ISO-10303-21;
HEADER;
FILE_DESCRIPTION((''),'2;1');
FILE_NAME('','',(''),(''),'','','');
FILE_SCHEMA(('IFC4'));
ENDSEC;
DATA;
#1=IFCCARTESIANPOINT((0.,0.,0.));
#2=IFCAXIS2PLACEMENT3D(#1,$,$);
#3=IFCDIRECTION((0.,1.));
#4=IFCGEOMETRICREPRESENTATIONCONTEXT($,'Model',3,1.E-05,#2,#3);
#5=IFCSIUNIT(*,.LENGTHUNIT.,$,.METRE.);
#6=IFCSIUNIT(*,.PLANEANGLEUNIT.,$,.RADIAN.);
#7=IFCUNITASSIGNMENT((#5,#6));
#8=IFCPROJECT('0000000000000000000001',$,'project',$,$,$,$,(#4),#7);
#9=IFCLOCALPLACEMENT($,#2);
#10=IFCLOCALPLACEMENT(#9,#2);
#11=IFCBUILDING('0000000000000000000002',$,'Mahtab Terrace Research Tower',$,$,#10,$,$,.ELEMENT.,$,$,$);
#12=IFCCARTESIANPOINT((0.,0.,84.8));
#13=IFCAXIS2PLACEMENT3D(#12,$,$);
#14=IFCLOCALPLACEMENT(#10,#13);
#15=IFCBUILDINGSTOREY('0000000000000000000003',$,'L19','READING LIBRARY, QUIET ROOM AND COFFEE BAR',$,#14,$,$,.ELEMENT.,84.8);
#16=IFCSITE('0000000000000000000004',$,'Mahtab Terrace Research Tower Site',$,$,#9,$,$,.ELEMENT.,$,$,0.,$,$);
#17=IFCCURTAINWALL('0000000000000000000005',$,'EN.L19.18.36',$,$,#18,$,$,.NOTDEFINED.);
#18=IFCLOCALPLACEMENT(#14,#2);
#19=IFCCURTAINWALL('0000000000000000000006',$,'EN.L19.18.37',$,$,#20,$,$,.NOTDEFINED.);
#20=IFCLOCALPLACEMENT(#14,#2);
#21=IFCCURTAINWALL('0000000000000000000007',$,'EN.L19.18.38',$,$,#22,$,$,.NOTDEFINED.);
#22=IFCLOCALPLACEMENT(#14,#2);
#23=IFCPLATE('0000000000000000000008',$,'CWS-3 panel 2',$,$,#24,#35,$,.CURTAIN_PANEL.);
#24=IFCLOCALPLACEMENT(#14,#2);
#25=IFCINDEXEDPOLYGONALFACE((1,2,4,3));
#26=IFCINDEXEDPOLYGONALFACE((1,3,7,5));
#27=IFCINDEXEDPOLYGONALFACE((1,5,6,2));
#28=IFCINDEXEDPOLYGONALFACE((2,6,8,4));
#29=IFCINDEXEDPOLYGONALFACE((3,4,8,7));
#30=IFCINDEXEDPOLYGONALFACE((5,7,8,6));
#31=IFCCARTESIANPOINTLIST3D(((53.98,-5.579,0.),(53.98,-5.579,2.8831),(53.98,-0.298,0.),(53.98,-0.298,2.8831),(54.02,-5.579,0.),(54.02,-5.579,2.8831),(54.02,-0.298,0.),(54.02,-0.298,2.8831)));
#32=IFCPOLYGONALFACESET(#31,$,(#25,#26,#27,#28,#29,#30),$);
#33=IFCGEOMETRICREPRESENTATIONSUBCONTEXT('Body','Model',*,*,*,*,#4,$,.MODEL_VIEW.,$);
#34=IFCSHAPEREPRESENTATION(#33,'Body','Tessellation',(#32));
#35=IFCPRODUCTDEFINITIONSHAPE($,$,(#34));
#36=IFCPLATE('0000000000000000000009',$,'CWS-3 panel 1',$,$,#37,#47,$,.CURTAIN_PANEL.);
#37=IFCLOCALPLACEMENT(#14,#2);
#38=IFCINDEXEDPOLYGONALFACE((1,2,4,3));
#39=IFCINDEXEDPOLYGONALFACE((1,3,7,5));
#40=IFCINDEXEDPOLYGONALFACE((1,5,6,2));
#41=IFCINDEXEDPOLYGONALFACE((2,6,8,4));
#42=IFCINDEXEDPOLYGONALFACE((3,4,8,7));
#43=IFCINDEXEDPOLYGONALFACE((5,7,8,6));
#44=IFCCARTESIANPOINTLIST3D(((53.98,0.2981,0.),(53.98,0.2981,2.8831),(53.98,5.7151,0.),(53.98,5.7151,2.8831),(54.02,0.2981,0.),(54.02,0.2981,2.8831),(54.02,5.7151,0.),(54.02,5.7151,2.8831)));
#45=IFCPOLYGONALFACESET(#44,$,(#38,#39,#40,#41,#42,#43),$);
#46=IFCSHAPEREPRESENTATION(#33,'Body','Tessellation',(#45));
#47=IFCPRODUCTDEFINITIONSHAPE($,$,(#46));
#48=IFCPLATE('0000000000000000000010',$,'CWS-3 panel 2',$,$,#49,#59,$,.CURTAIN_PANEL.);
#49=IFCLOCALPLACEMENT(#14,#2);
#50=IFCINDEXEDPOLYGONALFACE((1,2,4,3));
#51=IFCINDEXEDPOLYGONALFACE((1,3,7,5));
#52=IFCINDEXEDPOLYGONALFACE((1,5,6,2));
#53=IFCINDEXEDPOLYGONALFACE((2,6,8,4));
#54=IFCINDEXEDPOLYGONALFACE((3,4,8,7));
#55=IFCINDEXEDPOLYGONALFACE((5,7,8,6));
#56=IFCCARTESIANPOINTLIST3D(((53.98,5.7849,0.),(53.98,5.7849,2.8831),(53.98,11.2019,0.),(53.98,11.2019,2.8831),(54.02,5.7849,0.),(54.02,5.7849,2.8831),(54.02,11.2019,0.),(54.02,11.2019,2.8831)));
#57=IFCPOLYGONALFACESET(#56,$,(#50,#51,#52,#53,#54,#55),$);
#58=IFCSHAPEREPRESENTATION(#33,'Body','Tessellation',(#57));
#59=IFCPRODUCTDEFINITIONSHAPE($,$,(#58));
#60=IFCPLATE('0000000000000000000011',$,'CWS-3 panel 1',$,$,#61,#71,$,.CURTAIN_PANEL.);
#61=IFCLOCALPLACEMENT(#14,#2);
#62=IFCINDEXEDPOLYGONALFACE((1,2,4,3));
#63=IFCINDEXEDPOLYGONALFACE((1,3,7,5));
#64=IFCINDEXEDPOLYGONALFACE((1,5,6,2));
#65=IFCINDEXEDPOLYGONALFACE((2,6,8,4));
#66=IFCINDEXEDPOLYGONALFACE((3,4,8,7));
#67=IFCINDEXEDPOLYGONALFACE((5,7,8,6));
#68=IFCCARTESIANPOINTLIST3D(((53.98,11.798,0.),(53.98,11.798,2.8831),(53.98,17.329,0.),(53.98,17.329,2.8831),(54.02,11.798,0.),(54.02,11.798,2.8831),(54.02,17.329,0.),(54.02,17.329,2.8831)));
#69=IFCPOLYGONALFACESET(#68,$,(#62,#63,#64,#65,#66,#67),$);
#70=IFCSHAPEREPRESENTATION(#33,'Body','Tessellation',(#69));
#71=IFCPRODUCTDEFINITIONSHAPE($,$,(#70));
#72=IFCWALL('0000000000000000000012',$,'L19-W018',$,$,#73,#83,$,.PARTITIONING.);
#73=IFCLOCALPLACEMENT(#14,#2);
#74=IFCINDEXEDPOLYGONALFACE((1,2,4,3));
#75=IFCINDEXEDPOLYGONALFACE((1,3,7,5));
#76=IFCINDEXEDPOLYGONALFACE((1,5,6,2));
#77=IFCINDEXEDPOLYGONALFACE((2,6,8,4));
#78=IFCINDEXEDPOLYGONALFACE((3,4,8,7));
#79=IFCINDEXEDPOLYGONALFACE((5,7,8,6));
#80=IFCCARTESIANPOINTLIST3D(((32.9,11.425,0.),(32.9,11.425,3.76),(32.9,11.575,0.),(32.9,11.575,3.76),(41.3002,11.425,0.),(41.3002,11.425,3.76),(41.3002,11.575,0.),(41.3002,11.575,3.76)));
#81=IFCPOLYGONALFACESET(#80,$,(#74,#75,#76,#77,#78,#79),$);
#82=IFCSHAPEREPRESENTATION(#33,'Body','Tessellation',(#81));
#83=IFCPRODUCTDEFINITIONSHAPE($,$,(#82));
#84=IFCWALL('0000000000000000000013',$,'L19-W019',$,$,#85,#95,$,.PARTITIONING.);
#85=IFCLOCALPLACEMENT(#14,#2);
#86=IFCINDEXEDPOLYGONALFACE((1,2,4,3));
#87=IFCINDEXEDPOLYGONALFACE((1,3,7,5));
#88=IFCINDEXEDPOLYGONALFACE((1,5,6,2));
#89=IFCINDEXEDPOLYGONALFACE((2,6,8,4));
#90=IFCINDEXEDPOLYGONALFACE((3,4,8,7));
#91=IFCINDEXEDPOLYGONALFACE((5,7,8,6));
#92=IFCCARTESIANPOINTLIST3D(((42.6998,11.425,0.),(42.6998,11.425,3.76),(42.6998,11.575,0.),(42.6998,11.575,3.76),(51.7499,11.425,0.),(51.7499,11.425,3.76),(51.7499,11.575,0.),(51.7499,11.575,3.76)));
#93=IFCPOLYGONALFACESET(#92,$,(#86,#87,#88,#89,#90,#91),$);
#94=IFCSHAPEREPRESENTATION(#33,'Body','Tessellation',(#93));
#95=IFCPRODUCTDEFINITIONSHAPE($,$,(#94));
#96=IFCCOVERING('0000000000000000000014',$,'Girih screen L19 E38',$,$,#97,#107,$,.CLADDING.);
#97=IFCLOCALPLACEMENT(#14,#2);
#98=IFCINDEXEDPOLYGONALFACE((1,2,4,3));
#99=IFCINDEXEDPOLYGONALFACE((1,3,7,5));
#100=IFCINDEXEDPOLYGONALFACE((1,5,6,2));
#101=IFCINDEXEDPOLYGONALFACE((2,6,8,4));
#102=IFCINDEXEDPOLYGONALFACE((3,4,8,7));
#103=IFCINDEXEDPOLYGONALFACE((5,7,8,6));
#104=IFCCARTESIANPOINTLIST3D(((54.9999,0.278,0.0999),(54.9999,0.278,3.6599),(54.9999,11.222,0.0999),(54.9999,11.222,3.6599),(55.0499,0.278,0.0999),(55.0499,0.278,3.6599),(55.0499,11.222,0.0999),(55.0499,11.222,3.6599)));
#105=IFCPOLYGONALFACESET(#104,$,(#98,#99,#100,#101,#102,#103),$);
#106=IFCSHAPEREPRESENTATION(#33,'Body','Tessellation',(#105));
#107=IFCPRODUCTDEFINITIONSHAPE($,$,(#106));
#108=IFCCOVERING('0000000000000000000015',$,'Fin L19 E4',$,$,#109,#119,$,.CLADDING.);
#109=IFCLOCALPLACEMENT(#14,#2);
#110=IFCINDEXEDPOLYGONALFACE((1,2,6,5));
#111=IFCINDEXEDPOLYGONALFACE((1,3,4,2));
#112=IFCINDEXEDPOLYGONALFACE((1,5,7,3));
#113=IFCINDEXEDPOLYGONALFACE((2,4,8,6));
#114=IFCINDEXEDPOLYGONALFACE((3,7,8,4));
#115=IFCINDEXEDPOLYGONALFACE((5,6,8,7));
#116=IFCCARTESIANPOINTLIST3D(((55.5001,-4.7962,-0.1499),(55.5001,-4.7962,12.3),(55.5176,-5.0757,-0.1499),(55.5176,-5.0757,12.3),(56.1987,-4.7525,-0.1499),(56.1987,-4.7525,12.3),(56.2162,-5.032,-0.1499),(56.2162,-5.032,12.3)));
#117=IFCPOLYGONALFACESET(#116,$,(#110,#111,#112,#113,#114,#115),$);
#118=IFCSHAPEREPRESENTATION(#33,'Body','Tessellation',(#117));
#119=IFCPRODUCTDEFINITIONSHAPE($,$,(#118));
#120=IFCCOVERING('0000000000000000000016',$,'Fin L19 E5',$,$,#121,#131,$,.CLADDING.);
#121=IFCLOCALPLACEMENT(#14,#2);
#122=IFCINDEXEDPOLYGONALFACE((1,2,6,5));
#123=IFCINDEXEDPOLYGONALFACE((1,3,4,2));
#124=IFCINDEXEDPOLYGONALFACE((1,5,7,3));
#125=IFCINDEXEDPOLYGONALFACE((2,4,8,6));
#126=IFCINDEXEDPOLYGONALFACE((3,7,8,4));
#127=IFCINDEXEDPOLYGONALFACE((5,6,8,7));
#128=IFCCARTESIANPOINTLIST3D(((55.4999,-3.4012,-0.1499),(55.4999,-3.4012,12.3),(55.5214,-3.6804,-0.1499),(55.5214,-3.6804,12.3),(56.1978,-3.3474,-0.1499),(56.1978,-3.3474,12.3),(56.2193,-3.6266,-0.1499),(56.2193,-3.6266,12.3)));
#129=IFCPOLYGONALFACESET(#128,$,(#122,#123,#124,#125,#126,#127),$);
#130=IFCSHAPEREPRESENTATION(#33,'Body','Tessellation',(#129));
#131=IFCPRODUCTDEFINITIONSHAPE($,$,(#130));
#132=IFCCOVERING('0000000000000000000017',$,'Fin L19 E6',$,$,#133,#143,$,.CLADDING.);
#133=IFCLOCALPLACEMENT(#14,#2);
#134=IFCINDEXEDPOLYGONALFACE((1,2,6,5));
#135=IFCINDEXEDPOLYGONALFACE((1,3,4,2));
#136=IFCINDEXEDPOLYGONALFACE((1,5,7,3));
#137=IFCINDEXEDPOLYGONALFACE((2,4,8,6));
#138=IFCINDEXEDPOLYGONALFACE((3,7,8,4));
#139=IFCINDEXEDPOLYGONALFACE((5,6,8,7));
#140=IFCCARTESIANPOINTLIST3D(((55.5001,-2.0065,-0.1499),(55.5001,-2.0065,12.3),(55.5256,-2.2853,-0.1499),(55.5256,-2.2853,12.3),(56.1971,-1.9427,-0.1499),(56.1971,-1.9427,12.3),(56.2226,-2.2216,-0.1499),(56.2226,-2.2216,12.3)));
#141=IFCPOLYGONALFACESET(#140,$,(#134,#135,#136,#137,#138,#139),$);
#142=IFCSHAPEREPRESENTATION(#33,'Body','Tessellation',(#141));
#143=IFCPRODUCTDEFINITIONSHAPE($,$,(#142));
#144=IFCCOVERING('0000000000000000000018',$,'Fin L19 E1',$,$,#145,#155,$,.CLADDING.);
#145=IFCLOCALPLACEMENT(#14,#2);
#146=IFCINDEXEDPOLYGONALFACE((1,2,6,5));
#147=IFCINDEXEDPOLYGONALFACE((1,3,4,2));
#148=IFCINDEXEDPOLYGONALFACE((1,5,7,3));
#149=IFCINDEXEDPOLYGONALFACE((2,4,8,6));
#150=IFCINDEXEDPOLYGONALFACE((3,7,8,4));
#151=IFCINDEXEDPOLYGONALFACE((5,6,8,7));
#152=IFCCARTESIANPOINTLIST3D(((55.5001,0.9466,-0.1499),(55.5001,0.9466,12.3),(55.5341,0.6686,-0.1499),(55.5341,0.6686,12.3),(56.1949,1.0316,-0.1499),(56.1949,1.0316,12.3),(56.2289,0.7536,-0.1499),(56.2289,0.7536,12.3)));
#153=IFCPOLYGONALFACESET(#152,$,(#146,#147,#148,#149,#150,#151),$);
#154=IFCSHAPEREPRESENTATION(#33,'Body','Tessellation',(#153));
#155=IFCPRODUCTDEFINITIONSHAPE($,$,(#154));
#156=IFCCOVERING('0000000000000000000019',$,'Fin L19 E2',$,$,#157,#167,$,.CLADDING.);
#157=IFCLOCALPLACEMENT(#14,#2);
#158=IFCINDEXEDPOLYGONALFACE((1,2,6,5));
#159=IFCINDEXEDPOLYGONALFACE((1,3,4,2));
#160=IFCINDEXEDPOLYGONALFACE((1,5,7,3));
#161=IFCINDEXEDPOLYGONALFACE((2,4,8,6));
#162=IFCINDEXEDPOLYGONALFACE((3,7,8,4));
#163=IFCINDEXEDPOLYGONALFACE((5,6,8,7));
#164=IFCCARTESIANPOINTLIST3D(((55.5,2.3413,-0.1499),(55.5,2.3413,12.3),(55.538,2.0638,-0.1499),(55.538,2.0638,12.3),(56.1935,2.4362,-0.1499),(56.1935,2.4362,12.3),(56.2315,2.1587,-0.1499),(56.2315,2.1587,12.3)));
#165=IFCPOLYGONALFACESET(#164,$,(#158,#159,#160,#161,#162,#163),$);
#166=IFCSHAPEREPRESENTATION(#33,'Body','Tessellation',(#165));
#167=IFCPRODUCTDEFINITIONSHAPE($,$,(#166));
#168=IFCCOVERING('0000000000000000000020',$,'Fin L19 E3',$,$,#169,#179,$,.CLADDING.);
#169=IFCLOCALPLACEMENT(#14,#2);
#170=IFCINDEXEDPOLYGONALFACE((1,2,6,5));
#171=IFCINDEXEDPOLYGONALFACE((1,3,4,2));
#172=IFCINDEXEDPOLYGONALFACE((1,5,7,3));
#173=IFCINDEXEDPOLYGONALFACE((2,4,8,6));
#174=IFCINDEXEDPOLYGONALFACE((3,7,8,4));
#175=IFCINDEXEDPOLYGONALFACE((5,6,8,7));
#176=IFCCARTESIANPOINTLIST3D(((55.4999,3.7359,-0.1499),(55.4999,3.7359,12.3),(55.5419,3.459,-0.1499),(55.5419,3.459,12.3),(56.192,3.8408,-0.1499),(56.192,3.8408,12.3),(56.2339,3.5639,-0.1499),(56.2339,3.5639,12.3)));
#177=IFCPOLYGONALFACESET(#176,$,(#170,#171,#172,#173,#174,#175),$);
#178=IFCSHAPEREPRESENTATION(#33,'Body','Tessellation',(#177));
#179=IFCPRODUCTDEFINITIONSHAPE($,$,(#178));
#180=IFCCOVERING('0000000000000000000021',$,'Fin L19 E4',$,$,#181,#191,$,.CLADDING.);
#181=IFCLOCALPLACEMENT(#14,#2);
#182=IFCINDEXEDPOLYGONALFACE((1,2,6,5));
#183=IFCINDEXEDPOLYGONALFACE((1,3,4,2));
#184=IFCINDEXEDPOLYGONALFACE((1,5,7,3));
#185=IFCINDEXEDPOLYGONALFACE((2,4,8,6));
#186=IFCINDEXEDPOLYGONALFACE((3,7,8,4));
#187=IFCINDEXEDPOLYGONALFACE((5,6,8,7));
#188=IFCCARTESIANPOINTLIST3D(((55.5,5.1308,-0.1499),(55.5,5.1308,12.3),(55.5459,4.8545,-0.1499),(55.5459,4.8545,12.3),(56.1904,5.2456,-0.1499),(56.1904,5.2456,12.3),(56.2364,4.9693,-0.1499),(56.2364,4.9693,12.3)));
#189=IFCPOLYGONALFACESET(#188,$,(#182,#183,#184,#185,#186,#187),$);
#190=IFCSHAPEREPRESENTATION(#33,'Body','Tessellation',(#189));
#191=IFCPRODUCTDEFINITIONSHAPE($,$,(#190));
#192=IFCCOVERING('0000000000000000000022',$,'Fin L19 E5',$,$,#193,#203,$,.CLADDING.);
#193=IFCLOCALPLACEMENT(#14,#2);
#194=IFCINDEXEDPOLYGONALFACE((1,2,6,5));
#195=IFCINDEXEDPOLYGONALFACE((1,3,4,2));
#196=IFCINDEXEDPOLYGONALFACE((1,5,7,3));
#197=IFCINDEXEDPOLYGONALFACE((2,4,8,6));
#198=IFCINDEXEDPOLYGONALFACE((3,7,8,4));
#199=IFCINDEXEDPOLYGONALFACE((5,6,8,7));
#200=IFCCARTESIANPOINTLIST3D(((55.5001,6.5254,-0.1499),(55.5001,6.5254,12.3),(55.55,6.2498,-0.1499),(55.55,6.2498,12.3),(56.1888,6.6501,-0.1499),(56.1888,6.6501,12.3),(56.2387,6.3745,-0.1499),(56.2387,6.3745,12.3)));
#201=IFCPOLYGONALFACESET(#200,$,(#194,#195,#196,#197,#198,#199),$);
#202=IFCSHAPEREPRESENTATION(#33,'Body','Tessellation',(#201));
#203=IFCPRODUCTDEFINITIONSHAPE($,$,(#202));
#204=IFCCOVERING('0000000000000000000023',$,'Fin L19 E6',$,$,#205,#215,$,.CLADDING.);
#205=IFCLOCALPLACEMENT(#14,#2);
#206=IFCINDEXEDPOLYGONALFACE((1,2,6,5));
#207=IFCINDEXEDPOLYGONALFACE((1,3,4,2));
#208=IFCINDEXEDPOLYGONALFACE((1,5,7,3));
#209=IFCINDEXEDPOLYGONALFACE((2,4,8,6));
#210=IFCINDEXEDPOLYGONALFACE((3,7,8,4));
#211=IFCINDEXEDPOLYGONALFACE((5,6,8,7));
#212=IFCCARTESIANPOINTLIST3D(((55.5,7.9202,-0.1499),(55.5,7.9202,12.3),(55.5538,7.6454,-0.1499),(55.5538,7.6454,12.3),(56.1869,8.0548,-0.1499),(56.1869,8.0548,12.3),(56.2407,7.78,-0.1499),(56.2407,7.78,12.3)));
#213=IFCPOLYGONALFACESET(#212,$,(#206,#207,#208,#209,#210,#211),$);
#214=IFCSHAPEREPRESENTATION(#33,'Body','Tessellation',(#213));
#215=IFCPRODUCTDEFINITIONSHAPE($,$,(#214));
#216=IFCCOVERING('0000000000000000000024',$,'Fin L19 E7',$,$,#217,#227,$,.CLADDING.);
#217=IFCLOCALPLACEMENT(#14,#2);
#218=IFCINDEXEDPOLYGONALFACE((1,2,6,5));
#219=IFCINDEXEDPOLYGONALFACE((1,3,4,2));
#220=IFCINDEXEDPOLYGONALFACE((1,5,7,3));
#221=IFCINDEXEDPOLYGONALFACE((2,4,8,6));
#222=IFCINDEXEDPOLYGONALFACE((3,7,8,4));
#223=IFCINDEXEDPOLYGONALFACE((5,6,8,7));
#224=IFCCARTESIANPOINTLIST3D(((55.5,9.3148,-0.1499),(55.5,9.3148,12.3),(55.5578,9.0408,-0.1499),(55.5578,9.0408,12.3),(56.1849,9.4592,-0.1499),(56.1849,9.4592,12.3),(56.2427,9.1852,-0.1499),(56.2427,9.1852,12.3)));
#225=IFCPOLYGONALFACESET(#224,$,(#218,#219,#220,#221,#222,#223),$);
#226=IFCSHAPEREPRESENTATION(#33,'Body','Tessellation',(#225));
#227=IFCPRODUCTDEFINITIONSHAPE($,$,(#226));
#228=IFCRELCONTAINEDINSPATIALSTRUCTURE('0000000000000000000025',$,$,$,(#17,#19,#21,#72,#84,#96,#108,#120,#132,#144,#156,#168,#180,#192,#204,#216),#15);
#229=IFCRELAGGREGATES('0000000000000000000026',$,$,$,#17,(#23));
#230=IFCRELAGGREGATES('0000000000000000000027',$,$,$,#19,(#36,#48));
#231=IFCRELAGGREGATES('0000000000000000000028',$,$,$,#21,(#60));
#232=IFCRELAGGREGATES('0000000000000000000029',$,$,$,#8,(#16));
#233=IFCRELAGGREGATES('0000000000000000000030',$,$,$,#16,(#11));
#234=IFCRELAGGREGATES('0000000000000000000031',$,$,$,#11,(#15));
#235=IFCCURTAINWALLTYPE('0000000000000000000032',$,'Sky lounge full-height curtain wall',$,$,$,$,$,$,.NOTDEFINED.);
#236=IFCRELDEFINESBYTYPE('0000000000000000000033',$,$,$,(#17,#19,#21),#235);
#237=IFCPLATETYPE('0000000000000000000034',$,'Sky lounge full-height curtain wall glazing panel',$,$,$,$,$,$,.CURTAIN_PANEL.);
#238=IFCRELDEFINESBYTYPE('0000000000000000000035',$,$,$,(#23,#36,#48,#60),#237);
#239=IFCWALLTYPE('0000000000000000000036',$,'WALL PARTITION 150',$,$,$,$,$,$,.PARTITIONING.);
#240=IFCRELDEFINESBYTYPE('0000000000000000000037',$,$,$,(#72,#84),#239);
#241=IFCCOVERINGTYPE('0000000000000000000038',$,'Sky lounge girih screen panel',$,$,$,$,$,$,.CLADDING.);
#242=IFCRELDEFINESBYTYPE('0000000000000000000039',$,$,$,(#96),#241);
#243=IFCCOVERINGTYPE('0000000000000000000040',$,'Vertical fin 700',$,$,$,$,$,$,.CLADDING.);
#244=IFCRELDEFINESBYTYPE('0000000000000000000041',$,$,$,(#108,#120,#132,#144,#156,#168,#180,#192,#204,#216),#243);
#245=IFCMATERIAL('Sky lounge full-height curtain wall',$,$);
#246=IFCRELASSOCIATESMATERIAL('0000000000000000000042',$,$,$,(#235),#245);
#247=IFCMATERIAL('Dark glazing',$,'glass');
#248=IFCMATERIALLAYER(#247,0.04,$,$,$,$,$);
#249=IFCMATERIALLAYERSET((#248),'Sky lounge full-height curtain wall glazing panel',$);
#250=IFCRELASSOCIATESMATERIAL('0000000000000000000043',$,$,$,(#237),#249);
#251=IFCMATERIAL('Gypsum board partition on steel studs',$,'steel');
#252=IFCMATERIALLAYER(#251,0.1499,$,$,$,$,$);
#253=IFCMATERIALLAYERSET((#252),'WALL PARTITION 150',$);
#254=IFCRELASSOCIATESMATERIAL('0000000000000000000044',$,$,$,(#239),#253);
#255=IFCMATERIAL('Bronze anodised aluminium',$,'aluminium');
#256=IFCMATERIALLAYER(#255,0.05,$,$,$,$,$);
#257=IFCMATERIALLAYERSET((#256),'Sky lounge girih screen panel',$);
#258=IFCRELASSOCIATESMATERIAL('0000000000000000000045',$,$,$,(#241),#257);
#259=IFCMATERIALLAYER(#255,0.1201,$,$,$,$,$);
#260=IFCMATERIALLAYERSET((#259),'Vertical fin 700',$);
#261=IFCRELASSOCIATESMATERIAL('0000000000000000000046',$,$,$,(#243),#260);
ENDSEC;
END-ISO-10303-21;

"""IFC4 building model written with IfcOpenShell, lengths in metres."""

from ifc_helpers import new_model, si_unit, direction, frame, frame_2d, origin, origin_2d, place, context, subcontext, project, spatial, rectangle, extrude, material, layer, layer_set, type_object, element, aggregate, save


model = new_model("IFC4")

# Units and contexts
model_context = context("Model", 3, precision=1e-05, world=origin(), true_north=direction((0.0, 1.0)))
body_context = subcontext(model_context, "Body", "Model", "MODEL_VIEW")
ifc_project = project(units=[si_unit("LENGTHUNIT", "METRE"), si_unit("PLANEANGLEUNIT", "RADIAN")], contexts=[model_context])

# Site, building, storey
site_placement = place(None, origin())
site = spatial("IfcSite", under=ifc_project, at=site_placement, Name="Mahtab Terrace Research Tower Site", CompositionType="ELEMENT", RefElevation=0.0)
building_placement = place(site_placement, origin())
building = spatial("IfcBuilding", under=site, at=building_placement, Name="Mahtab Terrace Research Tower", CompositionType="ELEMENT")
storey_placement = place(building_placement, frame((0.0, 0.0, 84.8)))
storey = spatial("IfcBuildingStorey", under=building, at=storey_placement, Name="L19", Description="READING LIBRARY, QUIET ROOM AND COFFEE BAR", CompositionType="ELEMENT", Elevation=84.8)

# Curtain wall
ifc_material_1 = material(Name="Sky lounge full-height curtain wall")
curtain_wall_type = type_object("IfcCurtainWallType", Name="Sky lounge full-height curtain wall", PredefinedType="NOTDEFINED", material=ifc_material_1)
curtain_wall_1_placement = place(storey_placement, origin())
curtain_wall_1 = element("IfcCurtainWall", 1, at=curtain_wall_1_placement, inside=storey, type_object=curtain_wall_type, Name="EN.L19.18.36", PredefinedType="NOTDEFINED")

# Curtain wall
curtain_wall_2_placement = place(storey_placement, origin())
curtain_wall_2 = element("IfcCurtainWall", 2, at=curtain_wall_2_placement, inside=storey, type_object=curtain_wall_type, Name="EN.L19.18.37", PredefinedType="NOTDEFINED")

# Curtain wall
curtain_wall_3_placement = place(storey_placement, origin())
curtain_wall_3 = element("IfcCurtainWall", 3, at=curtain_wall_3_placement, inside=storey, type_object=curtain_wall_type, Name="EN.L19.18.38", PredefinedType="NOTDEFINED")

# Plates
ifc_material_2 = material(Name="Dark glazing", Category="glass")
ifc_layer_1 = layer(ifc_material_2, 0.04)
ifc_layer_set_1 = layer_set([ifc_layer_1], Name="Sky lounge full-height curtain wall glazing panel")
plate_type = type_object("IfcPlateType", Name="Sky lounge full-height curtain wall glazing panel", PredefinedType="CURTAIN_PANEL", material=ifc_layer_set_1)
plate_1_placement = place(storey_placement, frame((54.0, -2.9385, 0.0), z_axis=(0.0, 0.0, 1.0), x_axis=(0.0, 1.0, 0.0)))
plate_1 = element("IfcPlate", 4, at=plate_1_placement, type_object=plate_type, Name="CWS-3 panel 2", PredefinedType="CURTAIN_PANEL", context=body_context, shape_type="SweptSolid", body=[
    extrude(rectangle(XDim=5.281, YDim=0.04, at=origin_2d()), origin(), (0.0, 0.0, 1.0), 2.8831),
])
aggregate(curtain_wall_1, [plate_1])
plate_2_placement = place(storey_placement, frame((54.0, 3.0066, 0.0), z_axis=(0.0, 0.0, 1.0), x_axis=(0.0, 1.0, 0.0)))
plate_2 = element("IfcPlate", 5, at=plate_2_placement, type_object=plate_type, Name="CWS-3 panel 1", PredefinedType="CURTAIN_PANEL", context=body_context, shape_type="SweptSolid", body=[
    extrude(rectangle(XDim=5.417, YDim=0.04, at=origin_2d()), origin(), (0.0, 0.0, 1.0), 2.8831),
])
plate_3_placement = place(storey_placement, frame((54.0, 8.4934, 0.0), z_axis=(0.0, 0.0, 1.0), x_axis=(0.0, 1.0, 0.0)))
plate_3 = element("IfcPlate", 6, at=plate_3_placement, type_object=plate_type, Name="CWS-3 panel 2", PredefinedType="CURTAIN_PANEL", context=body_context, shape_type="SweptSolid", body=[
    extrude(rectangle(XDim=5.417, YDim=0.04, at=origin_2d()), origin(), (0.0, 0.0, 1.0), 2.8831),
])
aggregate(curtain_wall_2, [plate_2, plate_3])
plate_4_placement = place(storey_placement, frame((54.0, 14.5635, 0.0), z_axis=(0.0, 0.0, 1.0), x_axis=(0.0, 1.0, 0.0)))
plate_4 = element("IfcPlate", 7, at=plate_4_placement, type_object=plate_type, Name="CWS-3 panel 1", PredefinedType="CURTAIN_PANEL", context=body_context, shape_type="SweptSolid", body=[
    extrude(rectangle(XDim=5.531, YDim=0.04, at=origin_2d()), origin(), (0.0, 0.0, 1.0), 2.8831),
])
aggregate(curtain_wall_3, [plate_4])

# Walls
ifc_material_3 = material(Name="Gypsum board partition on steel studs", Category="steel")
ifc_layer_2 = layer(ifc_material_3, 0.1499)
ifc_layer_set_2 = layer_set([ifc_layer_2], Name="WALL PARTITION 150")
wall_type = type_object("IfcWallType", Name="WALL PARTITION 150", PredefinedType="PARTITIONING", material=ifc_layer_set_2)
wall_1_placement = place(storey_placement, frame((32.8999, 11.5, 0.0), z_axis=(0.0, 0.0, 1.0), x_axis=(1.0, 0.0, 0.0)))
element("IfcWall", 8, at=wall_1_placement, inside=storey, type_object=wall_type, Name="L19-W018", PredefinedType="PARTITIONING", context=body_context, shape_type="SweptSolid", body=[
    extrude(rectangle(XDim=8.4001, YDim=0.1499, at=frame_2d((4.2002, 0.0))), origin(), (0.0, 0.0, 1.0), 3.76),
])
wall_2_placement = place(storey_placement, frame((42.7, 11.5, 0.0), z_axis=(0.0, 0.0, 1.0), x_axis=(1.0, 0.0, 0.0)))
element("IfcWall", 9, at=wall_2_placement, inside=storey, type_object=wall_type, Name="L19-W019", PredefinedType="PARTITIONING", context=body_context, shape_type="SweptSolid", body=[
    extrude(rectangle(XDim=9.05, YDim=0.1499, at=frame_2d((4.5249, 0.0))), origin(), (0.0, 0.0, 1.0), 3.76),
])

# Coverings
ifc_material_4 = material(Name="Bronze anodised aluminium", Category="aluminium")
ifc_layer_3 = layer(ifc_material_4, 0.05)
ifc_layer_set_3 = layer_set([ifc_layer_3], Name="Sky lounge girih screen panel")
covering_type_1 = type_object("IfcCoveringType", Name="Sky lounge girih screen panel", PredefinedType="CLADDING", material=ifc_layer_set_3)
covering_placement = place(storey_placement, frame((55.0249, 5.75, 0.0999), z_axis=(0.0, 0.0, 1.0), x_axis=(0.0, 1.0, 0.0)))
element("IfcCovering", 10, at=covering_placement, inside=storey, type_object=covering_type_1, Name="Girih screen L19 E38", PredefinedType="CLADDING", context=body_context, shape_type="SweptSolid", body=[
    extrude(rectangle(XDim=10.9441, YDim=0.05, at=origin_2d()), origin(), (0.0, 0.0, 1.0), 3.5601),
])
ifc_layer_4 = layer(ifc_material_4, 0.1201)
ifc_layer_set_4 = layer_set([ifc_layer_4], Name="Vertical fin 700")
covering_type_2 = type_object("IfcCoveringType", Name="Vertical fin 700", PredefinedType="CLADDING", material=ifc_layer_set_4)
for number, where, z_axis, x_axis, name in (
    (11, (55.8582, -4.9141, -0.1499), (0.0, 0.0, 1.0), (-0.062442, 0.998049, 0.0), "Fin L19 E4"),
    (12, (55.8596, -3.5139, -0.1499), (0.0, 0.0, 1.0), (-0.07678, 0.997048, 0.0), "Fin L19 E5"),
    (13, (55.8613, -2.114, -0.1499), (0.0, 0.0, 1.0), (-0.091103, 0.995841, 0.0), "Fin L19 E6"),
    (14, (55.8645, 0.8501, -0.1499), (0.0, 0.0, 1.0), (-0.12136, 0.992609, 0.0), "Fin L19 E1"),
    (15, (55.8657, 2.25, -0.1499), (0.0, 0.0, 1.0), (-0.135614, 0.990762, 0.0), "Fin L19 E2"),
    (16, (55.8669, 3.6499, -0.1499), (0.0, 0.0, 1.0), (-0.14984, 0.98871, 0.0), "Fin L19 E3"),
    (17, (55.8682, 5.05, -0.1499), (0.0, 0.0, 1.0), (-0.164035, 0.986455, 0.0), "Fin L19 E4"),
    (18, (55.8694, 6.45, -0.1499), (0.0, 0.0, 1.0), (-0.178196, 0.983995, 0.0), "Fin L19 E5"),
    (19, (55.8704, 7.8501, -0.1499), (0.0, 0.0, 1.0), (-0.19232, 0.981332, 0.0), "Fin L19 E6"),
    (20, (55.8713, 9.25, -0.1499), (0.0, 0.0, 1.0), (-0.206405, 0.978467, 0.0), "Fin L19 E7"),
):
    element("IfcCovering", number, at=place(storey_placement, frame(where, z_axis=z_axis, x_axis=x_axis)), inside=storey, type_object=covering_type_2, Name=name, PredefinedType="CLADDING", context=body_context, shape_type="SweptSolid", body=[
        extrude(rectangle(XDim=0.28, YDim=0.7, at=origin_2d()), origin(), (0.0, 0.0, 1.0), 12.45),
    ])

save(model, "model.ifc")
